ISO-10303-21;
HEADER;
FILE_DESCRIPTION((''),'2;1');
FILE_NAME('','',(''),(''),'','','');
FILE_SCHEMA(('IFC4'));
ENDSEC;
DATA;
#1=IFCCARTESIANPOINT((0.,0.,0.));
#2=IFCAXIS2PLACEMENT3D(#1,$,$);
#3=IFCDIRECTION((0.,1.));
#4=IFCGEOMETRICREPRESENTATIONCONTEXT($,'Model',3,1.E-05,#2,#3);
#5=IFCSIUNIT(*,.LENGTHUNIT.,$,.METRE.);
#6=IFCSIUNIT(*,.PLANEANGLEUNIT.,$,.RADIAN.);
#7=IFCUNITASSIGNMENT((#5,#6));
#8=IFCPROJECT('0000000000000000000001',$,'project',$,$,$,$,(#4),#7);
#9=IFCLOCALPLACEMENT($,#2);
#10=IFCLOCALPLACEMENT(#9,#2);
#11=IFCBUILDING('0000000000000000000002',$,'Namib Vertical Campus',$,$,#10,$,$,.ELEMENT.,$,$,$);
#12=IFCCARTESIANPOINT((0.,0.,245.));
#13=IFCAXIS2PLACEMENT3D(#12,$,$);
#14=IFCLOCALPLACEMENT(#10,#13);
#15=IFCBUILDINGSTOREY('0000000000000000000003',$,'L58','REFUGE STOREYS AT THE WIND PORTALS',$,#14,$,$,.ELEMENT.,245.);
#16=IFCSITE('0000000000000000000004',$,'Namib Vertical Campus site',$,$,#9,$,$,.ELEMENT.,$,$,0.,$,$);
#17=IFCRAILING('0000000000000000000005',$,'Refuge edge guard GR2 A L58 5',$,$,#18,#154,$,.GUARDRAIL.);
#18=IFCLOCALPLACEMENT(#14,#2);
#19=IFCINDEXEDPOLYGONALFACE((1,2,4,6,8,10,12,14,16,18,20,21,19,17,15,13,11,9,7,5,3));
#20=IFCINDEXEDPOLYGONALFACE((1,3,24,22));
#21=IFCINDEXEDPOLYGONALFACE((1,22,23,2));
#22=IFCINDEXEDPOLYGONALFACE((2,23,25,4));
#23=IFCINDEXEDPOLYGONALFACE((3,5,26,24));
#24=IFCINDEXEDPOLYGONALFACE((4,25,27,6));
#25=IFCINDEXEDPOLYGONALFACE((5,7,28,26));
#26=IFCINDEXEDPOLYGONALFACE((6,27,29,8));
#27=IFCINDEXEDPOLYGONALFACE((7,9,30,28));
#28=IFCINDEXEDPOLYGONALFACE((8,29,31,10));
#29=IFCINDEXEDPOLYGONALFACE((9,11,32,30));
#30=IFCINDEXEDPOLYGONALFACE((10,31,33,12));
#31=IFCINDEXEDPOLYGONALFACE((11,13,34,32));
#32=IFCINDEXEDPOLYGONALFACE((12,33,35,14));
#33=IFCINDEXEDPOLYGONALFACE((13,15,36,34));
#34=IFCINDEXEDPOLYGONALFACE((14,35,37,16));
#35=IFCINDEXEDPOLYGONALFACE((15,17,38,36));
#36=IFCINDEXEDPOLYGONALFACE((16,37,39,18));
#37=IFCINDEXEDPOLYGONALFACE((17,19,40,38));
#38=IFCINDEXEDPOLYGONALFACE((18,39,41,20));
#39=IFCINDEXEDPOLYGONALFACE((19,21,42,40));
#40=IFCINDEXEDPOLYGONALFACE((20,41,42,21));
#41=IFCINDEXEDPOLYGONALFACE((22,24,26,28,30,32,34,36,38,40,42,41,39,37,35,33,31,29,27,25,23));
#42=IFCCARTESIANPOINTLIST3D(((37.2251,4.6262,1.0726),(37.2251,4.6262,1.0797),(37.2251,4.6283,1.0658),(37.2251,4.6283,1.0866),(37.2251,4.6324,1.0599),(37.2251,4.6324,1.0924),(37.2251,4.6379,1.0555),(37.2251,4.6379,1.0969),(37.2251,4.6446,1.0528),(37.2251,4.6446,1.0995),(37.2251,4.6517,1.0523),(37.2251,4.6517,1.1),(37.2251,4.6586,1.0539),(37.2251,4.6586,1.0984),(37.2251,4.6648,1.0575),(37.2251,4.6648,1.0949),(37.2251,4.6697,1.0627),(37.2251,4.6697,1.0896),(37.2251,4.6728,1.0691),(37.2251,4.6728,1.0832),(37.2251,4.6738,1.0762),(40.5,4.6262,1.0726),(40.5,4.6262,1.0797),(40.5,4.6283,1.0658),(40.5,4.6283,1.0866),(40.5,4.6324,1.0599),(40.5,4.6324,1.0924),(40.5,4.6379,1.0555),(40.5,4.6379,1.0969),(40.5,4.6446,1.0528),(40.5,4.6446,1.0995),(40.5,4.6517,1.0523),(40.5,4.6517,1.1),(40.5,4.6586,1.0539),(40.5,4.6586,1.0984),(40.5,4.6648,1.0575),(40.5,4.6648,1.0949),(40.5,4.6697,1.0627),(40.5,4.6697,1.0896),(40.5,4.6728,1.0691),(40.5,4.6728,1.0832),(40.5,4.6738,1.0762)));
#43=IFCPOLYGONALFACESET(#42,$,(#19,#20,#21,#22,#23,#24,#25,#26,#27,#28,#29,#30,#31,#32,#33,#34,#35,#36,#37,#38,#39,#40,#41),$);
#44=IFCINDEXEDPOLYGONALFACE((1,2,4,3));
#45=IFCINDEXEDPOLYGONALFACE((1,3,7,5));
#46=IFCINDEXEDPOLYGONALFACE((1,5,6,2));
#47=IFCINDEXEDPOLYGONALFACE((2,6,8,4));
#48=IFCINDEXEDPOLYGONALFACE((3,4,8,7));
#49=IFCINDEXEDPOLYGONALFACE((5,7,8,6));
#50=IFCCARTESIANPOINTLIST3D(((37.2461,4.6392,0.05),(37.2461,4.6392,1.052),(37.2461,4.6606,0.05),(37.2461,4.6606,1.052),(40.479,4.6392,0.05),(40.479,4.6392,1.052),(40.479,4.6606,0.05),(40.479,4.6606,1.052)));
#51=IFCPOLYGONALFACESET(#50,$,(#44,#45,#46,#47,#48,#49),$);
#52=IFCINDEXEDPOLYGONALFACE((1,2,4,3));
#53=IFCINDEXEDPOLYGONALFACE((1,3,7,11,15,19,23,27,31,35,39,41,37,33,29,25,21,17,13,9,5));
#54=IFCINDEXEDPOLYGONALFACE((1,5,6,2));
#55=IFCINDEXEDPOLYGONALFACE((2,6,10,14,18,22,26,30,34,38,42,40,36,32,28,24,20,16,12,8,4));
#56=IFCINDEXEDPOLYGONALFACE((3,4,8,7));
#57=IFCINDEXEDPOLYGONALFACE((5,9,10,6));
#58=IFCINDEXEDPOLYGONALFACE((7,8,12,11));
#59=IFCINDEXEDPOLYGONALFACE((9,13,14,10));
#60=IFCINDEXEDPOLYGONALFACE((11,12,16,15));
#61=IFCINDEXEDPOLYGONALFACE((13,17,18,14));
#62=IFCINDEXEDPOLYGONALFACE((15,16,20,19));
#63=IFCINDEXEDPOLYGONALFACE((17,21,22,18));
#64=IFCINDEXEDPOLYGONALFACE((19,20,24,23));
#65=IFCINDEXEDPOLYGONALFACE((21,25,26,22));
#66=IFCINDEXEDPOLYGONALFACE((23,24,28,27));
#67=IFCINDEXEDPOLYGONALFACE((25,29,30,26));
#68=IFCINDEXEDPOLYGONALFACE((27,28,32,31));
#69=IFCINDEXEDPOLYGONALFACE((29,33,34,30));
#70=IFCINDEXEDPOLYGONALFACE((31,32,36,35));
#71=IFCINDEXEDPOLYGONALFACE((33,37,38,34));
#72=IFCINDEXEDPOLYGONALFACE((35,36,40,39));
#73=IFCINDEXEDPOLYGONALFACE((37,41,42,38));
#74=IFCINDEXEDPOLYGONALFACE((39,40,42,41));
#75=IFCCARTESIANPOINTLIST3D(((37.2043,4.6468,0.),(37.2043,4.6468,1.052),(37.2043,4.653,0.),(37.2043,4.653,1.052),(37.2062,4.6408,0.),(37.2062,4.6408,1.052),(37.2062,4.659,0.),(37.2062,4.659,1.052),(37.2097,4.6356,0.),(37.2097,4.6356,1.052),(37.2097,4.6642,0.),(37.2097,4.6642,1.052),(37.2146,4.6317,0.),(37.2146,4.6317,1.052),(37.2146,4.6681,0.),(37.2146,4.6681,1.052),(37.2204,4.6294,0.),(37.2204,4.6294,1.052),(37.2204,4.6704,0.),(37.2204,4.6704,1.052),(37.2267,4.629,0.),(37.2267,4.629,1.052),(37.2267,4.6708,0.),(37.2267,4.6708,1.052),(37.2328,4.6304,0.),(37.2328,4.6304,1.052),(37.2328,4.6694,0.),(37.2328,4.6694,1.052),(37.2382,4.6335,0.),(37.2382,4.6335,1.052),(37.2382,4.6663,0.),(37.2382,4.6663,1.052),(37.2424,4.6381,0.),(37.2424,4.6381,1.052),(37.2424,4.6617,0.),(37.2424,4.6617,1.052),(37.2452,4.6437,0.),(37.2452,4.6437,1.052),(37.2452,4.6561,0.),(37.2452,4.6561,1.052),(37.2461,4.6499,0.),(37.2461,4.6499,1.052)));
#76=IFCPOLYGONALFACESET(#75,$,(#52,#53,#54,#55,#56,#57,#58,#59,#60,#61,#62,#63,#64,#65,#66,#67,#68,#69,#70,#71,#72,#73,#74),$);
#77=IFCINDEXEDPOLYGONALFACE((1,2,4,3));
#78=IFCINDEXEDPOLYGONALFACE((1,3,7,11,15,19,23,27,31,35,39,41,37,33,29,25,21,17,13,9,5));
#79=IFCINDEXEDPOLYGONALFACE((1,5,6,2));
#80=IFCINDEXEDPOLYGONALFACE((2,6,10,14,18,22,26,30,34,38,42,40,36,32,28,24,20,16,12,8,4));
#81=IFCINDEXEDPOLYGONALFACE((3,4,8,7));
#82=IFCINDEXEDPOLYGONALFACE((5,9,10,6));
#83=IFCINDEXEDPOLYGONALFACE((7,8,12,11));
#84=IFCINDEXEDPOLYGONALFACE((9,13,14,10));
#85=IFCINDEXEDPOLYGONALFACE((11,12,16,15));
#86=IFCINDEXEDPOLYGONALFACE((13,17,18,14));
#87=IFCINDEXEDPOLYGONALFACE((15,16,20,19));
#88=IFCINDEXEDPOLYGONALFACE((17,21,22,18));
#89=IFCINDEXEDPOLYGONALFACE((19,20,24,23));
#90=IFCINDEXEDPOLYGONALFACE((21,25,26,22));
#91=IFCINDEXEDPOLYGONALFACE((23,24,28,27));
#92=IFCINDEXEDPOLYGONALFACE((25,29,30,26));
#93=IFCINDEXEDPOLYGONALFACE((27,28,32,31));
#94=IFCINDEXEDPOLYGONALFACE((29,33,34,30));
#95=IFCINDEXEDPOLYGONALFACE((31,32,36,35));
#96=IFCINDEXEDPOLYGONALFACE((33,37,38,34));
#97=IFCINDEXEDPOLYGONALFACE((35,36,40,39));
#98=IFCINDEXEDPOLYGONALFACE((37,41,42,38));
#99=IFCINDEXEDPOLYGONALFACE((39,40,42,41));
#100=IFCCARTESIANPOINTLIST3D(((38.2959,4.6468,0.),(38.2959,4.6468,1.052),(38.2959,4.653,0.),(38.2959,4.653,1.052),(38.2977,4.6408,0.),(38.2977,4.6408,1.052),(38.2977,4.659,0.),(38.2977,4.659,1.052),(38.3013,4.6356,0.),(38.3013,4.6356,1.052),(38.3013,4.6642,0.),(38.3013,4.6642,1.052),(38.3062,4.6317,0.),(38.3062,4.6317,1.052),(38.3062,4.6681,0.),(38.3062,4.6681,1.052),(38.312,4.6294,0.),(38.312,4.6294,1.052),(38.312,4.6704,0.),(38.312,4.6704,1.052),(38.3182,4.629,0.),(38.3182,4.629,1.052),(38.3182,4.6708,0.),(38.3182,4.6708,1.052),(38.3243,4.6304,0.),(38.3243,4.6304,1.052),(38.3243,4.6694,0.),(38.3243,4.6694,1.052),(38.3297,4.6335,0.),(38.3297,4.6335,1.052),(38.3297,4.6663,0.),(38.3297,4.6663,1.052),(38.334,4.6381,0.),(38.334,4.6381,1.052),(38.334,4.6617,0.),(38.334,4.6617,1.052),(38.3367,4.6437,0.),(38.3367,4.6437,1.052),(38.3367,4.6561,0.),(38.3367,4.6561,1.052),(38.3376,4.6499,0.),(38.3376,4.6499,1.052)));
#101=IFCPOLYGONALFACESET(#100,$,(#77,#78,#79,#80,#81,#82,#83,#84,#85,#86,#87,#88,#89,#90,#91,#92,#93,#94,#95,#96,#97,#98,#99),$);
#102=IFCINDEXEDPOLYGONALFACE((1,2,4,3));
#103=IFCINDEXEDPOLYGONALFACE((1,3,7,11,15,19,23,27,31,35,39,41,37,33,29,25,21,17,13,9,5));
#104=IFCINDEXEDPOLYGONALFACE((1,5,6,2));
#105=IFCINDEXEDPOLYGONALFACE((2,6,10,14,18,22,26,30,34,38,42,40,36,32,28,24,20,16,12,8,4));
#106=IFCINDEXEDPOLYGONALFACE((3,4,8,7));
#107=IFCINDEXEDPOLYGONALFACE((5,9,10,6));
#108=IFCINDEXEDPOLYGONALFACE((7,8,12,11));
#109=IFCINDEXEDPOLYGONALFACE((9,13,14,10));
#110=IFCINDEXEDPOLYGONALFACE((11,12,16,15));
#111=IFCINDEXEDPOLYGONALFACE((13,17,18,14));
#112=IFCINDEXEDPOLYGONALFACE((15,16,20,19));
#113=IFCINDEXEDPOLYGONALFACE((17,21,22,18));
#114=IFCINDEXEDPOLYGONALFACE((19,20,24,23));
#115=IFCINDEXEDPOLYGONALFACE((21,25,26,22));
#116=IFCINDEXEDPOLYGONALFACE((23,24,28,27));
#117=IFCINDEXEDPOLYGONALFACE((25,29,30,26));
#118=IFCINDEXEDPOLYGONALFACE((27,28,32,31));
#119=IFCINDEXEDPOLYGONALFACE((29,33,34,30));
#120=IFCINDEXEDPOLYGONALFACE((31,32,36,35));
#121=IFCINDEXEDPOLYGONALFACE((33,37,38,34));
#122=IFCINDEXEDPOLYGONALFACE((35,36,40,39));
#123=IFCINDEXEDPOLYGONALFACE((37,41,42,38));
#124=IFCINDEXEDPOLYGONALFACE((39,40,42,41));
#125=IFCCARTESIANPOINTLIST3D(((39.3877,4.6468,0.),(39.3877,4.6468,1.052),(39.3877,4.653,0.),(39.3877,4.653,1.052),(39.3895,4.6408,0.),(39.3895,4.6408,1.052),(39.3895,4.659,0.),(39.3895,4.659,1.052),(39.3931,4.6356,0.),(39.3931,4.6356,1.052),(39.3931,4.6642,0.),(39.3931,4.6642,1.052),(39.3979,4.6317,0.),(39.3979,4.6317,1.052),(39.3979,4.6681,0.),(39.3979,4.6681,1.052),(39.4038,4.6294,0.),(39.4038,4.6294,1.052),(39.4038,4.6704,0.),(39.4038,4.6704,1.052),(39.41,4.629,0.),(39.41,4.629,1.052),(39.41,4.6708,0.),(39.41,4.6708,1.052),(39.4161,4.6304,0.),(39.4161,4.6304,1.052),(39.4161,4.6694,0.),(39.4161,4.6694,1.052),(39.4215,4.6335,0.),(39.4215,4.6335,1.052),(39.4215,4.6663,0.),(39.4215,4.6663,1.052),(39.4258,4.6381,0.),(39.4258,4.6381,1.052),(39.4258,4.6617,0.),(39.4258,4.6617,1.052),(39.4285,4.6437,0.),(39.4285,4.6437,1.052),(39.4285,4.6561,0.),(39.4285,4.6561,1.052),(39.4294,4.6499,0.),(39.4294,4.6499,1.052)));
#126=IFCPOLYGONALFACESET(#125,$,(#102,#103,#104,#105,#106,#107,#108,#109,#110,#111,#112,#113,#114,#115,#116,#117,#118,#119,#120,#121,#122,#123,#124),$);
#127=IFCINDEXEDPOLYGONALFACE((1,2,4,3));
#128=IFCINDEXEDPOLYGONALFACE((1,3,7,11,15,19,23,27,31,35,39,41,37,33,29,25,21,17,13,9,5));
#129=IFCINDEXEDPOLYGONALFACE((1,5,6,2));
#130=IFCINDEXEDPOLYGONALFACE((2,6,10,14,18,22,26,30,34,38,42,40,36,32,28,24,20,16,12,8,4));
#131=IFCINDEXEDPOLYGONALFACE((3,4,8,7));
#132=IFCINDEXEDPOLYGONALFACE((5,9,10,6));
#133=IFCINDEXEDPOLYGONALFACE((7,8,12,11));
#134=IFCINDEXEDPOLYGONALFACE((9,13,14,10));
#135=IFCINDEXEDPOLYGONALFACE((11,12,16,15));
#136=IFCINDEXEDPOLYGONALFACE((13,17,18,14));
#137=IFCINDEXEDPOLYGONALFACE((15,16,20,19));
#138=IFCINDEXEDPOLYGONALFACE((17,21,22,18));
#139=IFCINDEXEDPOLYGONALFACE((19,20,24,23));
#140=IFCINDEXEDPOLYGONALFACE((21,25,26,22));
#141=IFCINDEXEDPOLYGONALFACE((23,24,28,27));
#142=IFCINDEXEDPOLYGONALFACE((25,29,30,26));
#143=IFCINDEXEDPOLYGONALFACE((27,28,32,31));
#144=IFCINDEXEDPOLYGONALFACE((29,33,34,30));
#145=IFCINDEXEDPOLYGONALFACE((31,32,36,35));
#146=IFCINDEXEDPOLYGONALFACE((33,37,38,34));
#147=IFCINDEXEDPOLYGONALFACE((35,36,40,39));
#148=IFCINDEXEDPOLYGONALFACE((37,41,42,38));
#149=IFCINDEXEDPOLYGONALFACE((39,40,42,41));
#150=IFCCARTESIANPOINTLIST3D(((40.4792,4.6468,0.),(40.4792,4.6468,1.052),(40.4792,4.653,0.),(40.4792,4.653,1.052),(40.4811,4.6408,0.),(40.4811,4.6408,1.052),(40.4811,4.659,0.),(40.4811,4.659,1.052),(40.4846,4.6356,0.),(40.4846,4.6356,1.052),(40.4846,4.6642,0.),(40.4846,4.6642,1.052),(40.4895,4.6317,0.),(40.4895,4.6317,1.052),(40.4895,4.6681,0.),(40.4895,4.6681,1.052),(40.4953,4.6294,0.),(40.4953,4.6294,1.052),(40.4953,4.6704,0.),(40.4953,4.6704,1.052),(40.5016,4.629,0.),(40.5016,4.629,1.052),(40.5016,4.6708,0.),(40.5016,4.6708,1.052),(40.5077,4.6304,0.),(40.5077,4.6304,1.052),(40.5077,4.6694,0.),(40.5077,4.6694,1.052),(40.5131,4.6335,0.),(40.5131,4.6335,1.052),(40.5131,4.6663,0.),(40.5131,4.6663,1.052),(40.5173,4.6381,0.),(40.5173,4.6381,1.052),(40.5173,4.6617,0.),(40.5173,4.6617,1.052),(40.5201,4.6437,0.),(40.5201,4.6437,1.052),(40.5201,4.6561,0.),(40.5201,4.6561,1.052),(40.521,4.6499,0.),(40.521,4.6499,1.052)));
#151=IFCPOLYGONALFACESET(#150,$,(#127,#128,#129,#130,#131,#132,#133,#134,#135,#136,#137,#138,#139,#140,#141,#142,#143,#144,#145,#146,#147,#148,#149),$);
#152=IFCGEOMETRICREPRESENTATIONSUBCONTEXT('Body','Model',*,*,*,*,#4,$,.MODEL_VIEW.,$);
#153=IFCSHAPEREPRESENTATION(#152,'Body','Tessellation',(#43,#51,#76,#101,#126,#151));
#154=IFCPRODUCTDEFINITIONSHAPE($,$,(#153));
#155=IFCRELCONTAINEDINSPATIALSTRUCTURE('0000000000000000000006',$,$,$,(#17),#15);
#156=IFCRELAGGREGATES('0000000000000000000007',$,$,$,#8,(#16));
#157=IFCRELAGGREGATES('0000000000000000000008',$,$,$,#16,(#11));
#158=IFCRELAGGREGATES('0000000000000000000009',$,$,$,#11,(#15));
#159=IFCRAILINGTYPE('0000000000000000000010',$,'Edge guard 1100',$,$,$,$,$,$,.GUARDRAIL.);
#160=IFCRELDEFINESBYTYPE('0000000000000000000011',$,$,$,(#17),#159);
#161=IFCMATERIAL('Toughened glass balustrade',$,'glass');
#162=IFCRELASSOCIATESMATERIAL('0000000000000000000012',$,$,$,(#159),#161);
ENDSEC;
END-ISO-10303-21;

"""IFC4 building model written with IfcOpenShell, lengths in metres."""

from ifc_helpers import new_model, si_unit, direction, frame, origin, origin_2d, place, context, subcontext, project, spatial, polyline, circle, outline, extrude, material, type_object, element, save


model = new_model("IFC4")

# Units and contexts
model_context = context("Model", 3, precision=1e-05, world=origin(), true_north=direction((0.0, 1.0)))
body_context = subcontext(model_context, "Body", "Model", "MODEL_VIEW")
ifc_project = project(units=[si_unit("LENGTHUNIT", "METRE"), si_unit("PLANEANGLEUNIT", "RADIAN")], contexts=[model_context])

# Site, building, storey
site_placement = place(None, origin())
site = spatial("IfcSite", under=ifc_project, at=site_placement, Name="Namib Vertical Campus site", CompositionType="ELEMENT", RefElevation=0.0)
building_placement = place(site_placement, origin())
building = spatial("IfcBuilding", under=site, at=building_placement, Name="Namib Vertical Campus", CompositionType="ELEMENT")
storey_placement = place(building_placement, frame((0.0, 0.0, 245.0)))
storey = spatial("IfcBuildingStorey", under=building, at=storey_placement, Name="L58", Description="REFUGE STOREYS AT THE WIND PORTALS", CompositionType="ELEMENT", Elevation=245.0)

# Railing
ifc_material_1 = material(Name="Toughened glass balustrade", Category="glass")
railing_type = type_object("IfcRailingType", Name="Edge guard 1100", PredefinedType="GUARDRAIL", material=ifc_material_1)
railing_1_placement = place(storey_placement, frame((37.2251, 4.6499, 0.0)))
element("IfcRailing", 1, at=railing_1_placement, inside=storey, type_object=railing_type, Name="Refuge edge guard GR2 A L58 5", PredefinedType="GUARDRAIL", context=body_context, shape_type="SweptSolid", body=[
    extrude(circle(Radius=0.0239, at=origin_2d()), frame((0.0, 0.0, 1.0762), z_axis=(1.0, 0.0, 0.0), x_axis=(0.0, 1.0, 0.0)), (0.0, 0.0, 1.0), 3.2749),
    extrude(outline(polyline([(0.021, 0.05), (3.2539, 0.05), (3.2539, 1.052), (0.021, 1.052), (0.021, 0.05)])), frame((0.0, 0.0107, 0.0), z_axis=(0.0, -1.0, 0.0), x_axis=(1.0, 0.0, 0.0)), (0.0, 0.0, 1.0), 0.0215),
    extrude(circle(Radius=0.021, at=origin_2d()), origin(), (0.0, 0.0, 1.0), 1.052),
    extrude(circle(Radius=0.021, at=origin_2d()), frame((1.0916, 0.0, 0.0)), (0.0, 0.0, 1.0), 1.052),
    extrude(circle(Radius=0.021, at=origin_2d()), frame((2.1833, 0.0, 0.0)), (0.0, 0.0, 1.0), 1.052),
    extrude(circle(Radius=0.021, at=origin_2d()), frame((3.2749, 0.0, 0.0)), (0.0, 0.0, 1.0), 1.052),
])

save(model, "model.ifc")
